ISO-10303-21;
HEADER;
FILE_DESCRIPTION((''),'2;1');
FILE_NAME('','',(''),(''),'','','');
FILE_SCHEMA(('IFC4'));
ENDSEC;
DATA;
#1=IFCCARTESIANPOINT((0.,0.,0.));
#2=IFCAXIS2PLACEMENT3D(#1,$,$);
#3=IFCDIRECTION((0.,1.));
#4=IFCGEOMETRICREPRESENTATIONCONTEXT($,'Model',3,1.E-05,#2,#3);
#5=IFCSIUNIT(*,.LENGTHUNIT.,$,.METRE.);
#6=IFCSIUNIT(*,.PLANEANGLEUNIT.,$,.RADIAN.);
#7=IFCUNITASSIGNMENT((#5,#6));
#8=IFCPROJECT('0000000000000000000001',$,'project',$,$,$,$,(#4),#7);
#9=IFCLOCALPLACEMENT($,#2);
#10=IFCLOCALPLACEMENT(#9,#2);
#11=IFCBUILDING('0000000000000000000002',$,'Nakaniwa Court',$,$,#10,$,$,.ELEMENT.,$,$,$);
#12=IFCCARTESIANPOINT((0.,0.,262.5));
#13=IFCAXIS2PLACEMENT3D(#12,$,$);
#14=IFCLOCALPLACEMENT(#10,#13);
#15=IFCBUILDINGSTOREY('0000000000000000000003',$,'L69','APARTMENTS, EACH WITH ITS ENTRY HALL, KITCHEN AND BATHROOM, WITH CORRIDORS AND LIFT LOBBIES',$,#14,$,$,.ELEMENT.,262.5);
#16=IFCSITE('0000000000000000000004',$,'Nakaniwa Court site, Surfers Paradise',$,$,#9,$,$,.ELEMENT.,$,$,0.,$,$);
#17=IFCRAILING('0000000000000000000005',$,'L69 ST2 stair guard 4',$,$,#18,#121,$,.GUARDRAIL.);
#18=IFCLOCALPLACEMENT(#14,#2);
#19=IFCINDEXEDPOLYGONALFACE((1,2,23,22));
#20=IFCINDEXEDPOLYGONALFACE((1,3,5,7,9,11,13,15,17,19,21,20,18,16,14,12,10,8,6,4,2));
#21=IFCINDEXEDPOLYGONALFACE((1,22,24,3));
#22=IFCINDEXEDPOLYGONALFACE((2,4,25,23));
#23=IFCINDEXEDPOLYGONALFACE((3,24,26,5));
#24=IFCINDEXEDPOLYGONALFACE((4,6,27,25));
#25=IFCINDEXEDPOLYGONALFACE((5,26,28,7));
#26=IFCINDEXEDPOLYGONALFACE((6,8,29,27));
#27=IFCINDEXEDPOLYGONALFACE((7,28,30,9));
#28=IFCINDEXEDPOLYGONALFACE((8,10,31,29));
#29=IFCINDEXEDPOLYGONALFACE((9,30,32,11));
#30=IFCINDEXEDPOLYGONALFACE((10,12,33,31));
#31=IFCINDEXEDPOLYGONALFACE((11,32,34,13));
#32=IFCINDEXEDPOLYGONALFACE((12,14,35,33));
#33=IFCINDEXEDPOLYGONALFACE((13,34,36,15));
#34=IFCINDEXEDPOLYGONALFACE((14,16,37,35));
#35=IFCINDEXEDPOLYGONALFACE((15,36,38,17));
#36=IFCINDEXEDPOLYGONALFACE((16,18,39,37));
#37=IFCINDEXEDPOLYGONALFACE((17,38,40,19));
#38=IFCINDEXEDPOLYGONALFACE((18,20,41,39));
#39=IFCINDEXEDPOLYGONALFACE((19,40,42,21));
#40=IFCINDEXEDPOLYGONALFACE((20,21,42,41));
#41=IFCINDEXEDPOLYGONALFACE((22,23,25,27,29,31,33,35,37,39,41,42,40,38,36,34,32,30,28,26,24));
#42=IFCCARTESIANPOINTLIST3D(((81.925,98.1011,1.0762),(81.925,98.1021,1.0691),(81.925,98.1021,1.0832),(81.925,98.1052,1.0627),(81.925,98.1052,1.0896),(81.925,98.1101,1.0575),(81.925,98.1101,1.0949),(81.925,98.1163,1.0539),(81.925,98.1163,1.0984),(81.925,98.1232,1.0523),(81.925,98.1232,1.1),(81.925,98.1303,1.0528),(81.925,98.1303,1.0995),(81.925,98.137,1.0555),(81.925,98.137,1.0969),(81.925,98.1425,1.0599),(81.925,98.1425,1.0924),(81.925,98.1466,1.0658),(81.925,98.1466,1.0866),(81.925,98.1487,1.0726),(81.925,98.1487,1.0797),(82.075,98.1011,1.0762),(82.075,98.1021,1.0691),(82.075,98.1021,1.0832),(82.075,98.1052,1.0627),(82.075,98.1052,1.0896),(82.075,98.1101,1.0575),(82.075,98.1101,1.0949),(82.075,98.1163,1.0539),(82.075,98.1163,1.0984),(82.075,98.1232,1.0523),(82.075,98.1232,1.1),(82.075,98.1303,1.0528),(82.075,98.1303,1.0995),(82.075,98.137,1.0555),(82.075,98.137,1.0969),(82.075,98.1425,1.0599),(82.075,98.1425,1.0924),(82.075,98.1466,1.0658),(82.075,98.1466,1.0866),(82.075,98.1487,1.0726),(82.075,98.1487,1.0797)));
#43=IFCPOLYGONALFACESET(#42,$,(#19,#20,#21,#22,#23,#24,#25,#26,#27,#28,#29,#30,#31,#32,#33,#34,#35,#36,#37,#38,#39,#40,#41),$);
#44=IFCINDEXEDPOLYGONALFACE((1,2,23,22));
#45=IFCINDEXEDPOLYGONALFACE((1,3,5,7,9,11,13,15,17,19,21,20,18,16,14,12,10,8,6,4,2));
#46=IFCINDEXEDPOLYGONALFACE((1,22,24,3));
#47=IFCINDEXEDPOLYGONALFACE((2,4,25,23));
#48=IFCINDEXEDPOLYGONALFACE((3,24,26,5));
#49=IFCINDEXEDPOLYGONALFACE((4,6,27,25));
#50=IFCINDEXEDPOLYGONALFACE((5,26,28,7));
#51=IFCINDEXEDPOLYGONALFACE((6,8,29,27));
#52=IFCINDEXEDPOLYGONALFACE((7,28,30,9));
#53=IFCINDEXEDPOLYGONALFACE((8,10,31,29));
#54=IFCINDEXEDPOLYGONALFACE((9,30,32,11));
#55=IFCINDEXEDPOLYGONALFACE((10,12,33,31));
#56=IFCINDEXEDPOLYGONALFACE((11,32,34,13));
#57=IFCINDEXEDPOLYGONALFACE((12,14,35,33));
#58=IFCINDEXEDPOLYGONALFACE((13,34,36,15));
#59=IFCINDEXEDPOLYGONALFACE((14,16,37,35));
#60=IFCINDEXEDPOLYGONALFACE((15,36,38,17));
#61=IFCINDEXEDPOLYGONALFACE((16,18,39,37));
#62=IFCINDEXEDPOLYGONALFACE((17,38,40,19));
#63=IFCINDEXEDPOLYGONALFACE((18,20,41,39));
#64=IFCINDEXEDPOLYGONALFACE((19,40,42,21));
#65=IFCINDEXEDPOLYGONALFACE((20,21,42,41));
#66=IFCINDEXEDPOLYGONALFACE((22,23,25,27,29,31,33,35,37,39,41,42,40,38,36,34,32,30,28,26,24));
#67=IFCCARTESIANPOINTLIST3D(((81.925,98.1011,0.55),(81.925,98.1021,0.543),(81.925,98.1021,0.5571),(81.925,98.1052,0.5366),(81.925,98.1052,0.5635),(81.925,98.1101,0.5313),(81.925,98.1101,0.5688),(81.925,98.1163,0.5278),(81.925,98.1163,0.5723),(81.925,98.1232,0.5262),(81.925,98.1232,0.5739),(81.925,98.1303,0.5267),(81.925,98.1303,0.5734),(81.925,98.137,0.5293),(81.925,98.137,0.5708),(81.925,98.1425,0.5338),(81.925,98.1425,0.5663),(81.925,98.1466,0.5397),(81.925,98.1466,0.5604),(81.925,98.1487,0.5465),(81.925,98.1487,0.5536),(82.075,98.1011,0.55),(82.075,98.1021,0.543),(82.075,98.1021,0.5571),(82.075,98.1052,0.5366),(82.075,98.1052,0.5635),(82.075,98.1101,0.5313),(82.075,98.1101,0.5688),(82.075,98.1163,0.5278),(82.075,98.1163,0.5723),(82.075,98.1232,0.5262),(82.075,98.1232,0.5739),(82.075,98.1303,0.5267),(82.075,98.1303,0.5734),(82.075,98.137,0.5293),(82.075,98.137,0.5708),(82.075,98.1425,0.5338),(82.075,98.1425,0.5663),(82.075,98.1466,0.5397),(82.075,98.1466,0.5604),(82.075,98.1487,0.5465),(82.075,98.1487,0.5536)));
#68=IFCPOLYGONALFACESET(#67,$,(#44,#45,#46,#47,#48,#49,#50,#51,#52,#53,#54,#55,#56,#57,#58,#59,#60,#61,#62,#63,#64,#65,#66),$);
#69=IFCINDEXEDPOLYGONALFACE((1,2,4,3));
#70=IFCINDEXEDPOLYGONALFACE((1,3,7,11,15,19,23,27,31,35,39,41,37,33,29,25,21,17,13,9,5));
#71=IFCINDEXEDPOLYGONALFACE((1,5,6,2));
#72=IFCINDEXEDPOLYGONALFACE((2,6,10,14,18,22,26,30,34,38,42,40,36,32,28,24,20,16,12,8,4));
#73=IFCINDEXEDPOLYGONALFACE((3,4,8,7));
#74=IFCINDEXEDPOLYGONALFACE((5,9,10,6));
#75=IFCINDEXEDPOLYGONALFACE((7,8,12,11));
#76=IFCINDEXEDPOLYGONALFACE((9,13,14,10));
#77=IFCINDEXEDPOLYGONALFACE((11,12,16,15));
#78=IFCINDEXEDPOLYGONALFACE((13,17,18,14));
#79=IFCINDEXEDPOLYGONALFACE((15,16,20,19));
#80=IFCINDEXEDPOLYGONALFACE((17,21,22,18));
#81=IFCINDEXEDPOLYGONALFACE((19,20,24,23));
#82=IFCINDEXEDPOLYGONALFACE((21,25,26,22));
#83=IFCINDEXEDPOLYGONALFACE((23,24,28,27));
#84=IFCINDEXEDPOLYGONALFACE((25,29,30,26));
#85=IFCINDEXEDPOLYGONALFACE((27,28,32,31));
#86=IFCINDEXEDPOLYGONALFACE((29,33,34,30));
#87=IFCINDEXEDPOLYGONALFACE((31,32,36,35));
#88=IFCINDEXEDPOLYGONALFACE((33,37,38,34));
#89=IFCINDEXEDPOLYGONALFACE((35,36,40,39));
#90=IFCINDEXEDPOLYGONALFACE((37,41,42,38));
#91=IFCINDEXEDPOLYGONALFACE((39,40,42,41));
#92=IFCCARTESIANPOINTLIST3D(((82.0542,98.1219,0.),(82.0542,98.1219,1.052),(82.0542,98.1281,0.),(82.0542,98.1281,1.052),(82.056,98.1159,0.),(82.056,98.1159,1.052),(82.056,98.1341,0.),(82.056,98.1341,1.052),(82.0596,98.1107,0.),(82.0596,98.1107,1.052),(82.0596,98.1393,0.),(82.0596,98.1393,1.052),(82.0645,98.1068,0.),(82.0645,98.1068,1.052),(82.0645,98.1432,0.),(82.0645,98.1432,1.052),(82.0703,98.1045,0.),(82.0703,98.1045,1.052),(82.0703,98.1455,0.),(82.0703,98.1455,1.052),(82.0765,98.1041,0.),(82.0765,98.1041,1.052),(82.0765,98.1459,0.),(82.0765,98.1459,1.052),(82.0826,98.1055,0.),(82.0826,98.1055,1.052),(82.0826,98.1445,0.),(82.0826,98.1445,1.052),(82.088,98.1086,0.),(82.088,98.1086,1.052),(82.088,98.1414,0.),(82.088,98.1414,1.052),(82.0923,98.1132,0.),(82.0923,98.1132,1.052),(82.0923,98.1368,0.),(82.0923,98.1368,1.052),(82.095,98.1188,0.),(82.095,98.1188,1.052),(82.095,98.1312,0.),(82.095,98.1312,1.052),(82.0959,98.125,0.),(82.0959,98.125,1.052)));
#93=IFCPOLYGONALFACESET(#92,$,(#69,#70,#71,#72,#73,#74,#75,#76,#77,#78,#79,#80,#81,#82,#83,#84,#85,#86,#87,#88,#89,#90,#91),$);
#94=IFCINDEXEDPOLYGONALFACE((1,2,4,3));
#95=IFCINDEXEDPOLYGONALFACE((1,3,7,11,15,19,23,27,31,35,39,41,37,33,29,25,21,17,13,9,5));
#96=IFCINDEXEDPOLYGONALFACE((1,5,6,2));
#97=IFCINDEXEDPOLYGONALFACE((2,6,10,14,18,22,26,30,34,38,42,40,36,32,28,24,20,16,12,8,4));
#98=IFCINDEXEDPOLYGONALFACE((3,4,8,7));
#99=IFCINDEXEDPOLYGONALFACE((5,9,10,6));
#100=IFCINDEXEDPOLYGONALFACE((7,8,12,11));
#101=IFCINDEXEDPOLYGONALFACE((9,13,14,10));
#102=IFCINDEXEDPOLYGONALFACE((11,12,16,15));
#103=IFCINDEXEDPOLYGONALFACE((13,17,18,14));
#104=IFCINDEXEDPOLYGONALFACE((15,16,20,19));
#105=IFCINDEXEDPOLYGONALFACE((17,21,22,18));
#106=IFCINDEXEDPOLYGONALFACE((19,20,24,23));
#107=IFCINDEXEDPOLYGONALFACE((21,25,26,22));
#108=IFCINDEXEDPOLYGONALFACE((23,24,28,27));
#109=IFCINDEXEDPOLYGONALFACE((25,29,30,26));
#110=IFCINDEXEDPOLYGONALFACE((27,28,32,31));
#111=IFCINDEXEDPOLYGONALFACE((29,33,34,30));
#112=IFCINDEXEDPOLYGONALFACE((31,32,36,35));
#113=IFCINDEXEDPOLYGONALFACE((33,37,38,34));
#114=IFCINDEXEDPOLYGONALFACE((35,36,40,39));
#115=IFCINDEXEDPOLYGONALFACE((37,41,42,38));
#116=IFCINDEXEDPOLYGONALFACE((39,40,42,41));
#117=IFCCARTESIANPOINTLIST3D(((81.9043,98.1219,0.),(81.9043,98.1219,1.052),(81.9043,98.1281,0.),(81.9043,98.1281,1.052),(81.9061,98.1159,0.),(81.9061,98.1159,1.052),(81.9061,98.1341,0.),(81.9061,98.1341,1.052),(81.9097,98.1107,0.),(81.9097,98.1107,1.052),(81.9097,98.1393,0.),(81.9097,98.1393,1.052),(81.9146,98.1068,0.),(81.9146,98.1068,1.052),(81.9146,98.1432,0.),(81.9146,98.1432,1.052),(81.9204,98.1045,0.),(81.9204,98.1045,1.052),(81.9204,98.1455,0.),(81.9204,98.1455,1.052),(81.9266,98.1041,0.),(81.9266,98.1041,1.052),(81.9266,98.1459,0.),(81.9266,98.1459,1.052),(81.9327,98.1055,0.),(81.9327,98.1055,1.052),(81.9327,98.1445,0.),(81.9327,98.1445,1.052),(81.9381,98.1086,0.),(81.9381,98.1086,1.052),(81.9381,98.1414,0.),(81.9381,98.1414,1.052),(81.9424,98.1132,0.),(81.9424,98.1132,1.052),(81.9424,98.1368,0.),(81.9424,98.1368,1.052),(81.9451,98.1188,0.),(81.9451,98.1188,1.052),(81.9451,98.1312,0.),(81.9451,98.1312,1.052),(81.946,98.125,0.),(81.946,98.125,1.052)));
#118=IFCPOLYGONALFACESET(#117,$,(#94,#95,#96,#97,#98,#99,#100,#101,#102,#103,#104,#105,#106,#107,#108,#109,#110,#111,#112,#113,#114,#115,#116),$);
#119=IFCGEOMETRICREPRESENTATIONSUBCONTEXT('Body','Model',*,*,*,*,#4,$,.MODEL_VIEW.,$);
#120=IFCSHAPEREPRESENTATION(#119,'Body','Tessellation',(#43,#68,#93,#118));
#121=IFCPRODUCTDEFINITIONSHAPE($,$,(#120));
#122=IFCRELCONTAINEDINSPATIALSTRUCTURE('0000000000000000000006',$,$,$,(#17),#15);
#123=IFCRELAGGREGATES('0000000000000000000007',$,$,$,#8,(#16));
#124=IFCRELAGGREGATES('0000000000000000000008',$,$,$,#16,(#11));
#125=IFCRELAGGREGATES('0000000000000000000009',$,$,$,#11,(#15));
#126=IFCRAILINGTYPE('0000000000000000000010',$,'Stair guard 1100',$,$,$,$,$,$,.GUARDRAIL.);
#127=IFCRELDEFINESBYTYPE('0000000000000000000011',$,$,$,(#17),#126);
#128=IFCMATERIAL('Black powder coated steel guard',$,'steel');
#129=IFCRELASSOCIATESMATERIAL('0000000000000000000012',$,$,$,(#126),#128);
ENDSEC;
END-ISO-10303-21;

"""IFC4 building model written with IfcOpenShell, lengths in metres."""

from ifc_helpers import new_model, si_unit, direction, frame, origin, origin_2d, place, context, subcontext, project, spatial, circle, extrude, material, type_object, element, save


model = new_model("IFC4")

# Units and contexts
model_context = context("Model", 3, precision=1e-05, world=origin(), true_north=direction((0.0, 1.0)))
body_context = subcontext(model_context, "Body", "Model", "MODEL_VIEW")
ifc_project = project(units=[si_unit("LENGTHUNIT", "METRE"), si_unit("PLANEANGLEUNIT", "RADIAN")], contexts=[model_context])

# Site, building, storey
site_placement = place(None, origin())
site = spatial("IfcSite", under=ifc_project, at=site_placement, Name="Nakaniwa Court site, Surfers Paradise", CompositionType="ELEMENT", RefElevation=0.0)
building_placement = place(site_placement, origin())
building = spatial("IfcBuilding", under=site, at=building_placement, Name="Nakaniwa Court", CompositionType="ELEMENT")
storey_placement = place(building_placement, frame((0.0, 0.0, 262.5)))
storey = spatial("IfcBuildingStorey", under=building, at=storey_placement, Name="L69", Description="APARTMENTS, EACH WITH ITS ENTRY HALL, KITCHEN AND BATHROOM, WITH CORRIDORS AND LIFT LOBBIES", CompositionType="ELEMENT", Elevation=262.5)

# Railing
ifc_material_1 = material(Name="Black powder coated steel guard", Category="steel")
railing_type_1 = type_object("IfcRailingType", Name="Stair guard 1100", PredefinedType="GUARDRAIL", material=ifc_material_1)
railing_1_placement = place(storey_placement, frame((82.075, 98.125, 0.0)))
element("IfcRailing", 1, at=railing_1_placement, inside=storey, type_object=railing_type_1, Name="L69 ST2 stair guard 4", PredefinedType="GUARDRAIL", context=body_context, shape_type="SweptSolid", body=[
    extrude(circle(Radius=0.0239, at=origin_2d()), frame((0.0, 0.0, 1.0762), z_axis=(-1.0, 0.0, 0.0), x_axis=(0.0, -1.0, 0.0)), (0.0, 0.0, 1.0), 0.1499),
    extrude(circle(Radius=0.0239, at=origin_2d()), frame((0.0, 0.0, 0.55), z_axis=(-1.0, 0.0, 0.0), x_axis=(0.0, -1.0, 0.0)), (0.0, 0.0, 1.0), 0.1499),
    extrude(circle(Radius=0.021, at=origin_2d()), origin(), (0.0, 0.0, 1.0), 1.052),
    extrude(circle(Radius=0.021, at=origin_2d()), frame((-0.1499, 0.0, 0.0)), (0.0, 0.0, 1.0), 1.052),
])

save(model, "model.ifc")
